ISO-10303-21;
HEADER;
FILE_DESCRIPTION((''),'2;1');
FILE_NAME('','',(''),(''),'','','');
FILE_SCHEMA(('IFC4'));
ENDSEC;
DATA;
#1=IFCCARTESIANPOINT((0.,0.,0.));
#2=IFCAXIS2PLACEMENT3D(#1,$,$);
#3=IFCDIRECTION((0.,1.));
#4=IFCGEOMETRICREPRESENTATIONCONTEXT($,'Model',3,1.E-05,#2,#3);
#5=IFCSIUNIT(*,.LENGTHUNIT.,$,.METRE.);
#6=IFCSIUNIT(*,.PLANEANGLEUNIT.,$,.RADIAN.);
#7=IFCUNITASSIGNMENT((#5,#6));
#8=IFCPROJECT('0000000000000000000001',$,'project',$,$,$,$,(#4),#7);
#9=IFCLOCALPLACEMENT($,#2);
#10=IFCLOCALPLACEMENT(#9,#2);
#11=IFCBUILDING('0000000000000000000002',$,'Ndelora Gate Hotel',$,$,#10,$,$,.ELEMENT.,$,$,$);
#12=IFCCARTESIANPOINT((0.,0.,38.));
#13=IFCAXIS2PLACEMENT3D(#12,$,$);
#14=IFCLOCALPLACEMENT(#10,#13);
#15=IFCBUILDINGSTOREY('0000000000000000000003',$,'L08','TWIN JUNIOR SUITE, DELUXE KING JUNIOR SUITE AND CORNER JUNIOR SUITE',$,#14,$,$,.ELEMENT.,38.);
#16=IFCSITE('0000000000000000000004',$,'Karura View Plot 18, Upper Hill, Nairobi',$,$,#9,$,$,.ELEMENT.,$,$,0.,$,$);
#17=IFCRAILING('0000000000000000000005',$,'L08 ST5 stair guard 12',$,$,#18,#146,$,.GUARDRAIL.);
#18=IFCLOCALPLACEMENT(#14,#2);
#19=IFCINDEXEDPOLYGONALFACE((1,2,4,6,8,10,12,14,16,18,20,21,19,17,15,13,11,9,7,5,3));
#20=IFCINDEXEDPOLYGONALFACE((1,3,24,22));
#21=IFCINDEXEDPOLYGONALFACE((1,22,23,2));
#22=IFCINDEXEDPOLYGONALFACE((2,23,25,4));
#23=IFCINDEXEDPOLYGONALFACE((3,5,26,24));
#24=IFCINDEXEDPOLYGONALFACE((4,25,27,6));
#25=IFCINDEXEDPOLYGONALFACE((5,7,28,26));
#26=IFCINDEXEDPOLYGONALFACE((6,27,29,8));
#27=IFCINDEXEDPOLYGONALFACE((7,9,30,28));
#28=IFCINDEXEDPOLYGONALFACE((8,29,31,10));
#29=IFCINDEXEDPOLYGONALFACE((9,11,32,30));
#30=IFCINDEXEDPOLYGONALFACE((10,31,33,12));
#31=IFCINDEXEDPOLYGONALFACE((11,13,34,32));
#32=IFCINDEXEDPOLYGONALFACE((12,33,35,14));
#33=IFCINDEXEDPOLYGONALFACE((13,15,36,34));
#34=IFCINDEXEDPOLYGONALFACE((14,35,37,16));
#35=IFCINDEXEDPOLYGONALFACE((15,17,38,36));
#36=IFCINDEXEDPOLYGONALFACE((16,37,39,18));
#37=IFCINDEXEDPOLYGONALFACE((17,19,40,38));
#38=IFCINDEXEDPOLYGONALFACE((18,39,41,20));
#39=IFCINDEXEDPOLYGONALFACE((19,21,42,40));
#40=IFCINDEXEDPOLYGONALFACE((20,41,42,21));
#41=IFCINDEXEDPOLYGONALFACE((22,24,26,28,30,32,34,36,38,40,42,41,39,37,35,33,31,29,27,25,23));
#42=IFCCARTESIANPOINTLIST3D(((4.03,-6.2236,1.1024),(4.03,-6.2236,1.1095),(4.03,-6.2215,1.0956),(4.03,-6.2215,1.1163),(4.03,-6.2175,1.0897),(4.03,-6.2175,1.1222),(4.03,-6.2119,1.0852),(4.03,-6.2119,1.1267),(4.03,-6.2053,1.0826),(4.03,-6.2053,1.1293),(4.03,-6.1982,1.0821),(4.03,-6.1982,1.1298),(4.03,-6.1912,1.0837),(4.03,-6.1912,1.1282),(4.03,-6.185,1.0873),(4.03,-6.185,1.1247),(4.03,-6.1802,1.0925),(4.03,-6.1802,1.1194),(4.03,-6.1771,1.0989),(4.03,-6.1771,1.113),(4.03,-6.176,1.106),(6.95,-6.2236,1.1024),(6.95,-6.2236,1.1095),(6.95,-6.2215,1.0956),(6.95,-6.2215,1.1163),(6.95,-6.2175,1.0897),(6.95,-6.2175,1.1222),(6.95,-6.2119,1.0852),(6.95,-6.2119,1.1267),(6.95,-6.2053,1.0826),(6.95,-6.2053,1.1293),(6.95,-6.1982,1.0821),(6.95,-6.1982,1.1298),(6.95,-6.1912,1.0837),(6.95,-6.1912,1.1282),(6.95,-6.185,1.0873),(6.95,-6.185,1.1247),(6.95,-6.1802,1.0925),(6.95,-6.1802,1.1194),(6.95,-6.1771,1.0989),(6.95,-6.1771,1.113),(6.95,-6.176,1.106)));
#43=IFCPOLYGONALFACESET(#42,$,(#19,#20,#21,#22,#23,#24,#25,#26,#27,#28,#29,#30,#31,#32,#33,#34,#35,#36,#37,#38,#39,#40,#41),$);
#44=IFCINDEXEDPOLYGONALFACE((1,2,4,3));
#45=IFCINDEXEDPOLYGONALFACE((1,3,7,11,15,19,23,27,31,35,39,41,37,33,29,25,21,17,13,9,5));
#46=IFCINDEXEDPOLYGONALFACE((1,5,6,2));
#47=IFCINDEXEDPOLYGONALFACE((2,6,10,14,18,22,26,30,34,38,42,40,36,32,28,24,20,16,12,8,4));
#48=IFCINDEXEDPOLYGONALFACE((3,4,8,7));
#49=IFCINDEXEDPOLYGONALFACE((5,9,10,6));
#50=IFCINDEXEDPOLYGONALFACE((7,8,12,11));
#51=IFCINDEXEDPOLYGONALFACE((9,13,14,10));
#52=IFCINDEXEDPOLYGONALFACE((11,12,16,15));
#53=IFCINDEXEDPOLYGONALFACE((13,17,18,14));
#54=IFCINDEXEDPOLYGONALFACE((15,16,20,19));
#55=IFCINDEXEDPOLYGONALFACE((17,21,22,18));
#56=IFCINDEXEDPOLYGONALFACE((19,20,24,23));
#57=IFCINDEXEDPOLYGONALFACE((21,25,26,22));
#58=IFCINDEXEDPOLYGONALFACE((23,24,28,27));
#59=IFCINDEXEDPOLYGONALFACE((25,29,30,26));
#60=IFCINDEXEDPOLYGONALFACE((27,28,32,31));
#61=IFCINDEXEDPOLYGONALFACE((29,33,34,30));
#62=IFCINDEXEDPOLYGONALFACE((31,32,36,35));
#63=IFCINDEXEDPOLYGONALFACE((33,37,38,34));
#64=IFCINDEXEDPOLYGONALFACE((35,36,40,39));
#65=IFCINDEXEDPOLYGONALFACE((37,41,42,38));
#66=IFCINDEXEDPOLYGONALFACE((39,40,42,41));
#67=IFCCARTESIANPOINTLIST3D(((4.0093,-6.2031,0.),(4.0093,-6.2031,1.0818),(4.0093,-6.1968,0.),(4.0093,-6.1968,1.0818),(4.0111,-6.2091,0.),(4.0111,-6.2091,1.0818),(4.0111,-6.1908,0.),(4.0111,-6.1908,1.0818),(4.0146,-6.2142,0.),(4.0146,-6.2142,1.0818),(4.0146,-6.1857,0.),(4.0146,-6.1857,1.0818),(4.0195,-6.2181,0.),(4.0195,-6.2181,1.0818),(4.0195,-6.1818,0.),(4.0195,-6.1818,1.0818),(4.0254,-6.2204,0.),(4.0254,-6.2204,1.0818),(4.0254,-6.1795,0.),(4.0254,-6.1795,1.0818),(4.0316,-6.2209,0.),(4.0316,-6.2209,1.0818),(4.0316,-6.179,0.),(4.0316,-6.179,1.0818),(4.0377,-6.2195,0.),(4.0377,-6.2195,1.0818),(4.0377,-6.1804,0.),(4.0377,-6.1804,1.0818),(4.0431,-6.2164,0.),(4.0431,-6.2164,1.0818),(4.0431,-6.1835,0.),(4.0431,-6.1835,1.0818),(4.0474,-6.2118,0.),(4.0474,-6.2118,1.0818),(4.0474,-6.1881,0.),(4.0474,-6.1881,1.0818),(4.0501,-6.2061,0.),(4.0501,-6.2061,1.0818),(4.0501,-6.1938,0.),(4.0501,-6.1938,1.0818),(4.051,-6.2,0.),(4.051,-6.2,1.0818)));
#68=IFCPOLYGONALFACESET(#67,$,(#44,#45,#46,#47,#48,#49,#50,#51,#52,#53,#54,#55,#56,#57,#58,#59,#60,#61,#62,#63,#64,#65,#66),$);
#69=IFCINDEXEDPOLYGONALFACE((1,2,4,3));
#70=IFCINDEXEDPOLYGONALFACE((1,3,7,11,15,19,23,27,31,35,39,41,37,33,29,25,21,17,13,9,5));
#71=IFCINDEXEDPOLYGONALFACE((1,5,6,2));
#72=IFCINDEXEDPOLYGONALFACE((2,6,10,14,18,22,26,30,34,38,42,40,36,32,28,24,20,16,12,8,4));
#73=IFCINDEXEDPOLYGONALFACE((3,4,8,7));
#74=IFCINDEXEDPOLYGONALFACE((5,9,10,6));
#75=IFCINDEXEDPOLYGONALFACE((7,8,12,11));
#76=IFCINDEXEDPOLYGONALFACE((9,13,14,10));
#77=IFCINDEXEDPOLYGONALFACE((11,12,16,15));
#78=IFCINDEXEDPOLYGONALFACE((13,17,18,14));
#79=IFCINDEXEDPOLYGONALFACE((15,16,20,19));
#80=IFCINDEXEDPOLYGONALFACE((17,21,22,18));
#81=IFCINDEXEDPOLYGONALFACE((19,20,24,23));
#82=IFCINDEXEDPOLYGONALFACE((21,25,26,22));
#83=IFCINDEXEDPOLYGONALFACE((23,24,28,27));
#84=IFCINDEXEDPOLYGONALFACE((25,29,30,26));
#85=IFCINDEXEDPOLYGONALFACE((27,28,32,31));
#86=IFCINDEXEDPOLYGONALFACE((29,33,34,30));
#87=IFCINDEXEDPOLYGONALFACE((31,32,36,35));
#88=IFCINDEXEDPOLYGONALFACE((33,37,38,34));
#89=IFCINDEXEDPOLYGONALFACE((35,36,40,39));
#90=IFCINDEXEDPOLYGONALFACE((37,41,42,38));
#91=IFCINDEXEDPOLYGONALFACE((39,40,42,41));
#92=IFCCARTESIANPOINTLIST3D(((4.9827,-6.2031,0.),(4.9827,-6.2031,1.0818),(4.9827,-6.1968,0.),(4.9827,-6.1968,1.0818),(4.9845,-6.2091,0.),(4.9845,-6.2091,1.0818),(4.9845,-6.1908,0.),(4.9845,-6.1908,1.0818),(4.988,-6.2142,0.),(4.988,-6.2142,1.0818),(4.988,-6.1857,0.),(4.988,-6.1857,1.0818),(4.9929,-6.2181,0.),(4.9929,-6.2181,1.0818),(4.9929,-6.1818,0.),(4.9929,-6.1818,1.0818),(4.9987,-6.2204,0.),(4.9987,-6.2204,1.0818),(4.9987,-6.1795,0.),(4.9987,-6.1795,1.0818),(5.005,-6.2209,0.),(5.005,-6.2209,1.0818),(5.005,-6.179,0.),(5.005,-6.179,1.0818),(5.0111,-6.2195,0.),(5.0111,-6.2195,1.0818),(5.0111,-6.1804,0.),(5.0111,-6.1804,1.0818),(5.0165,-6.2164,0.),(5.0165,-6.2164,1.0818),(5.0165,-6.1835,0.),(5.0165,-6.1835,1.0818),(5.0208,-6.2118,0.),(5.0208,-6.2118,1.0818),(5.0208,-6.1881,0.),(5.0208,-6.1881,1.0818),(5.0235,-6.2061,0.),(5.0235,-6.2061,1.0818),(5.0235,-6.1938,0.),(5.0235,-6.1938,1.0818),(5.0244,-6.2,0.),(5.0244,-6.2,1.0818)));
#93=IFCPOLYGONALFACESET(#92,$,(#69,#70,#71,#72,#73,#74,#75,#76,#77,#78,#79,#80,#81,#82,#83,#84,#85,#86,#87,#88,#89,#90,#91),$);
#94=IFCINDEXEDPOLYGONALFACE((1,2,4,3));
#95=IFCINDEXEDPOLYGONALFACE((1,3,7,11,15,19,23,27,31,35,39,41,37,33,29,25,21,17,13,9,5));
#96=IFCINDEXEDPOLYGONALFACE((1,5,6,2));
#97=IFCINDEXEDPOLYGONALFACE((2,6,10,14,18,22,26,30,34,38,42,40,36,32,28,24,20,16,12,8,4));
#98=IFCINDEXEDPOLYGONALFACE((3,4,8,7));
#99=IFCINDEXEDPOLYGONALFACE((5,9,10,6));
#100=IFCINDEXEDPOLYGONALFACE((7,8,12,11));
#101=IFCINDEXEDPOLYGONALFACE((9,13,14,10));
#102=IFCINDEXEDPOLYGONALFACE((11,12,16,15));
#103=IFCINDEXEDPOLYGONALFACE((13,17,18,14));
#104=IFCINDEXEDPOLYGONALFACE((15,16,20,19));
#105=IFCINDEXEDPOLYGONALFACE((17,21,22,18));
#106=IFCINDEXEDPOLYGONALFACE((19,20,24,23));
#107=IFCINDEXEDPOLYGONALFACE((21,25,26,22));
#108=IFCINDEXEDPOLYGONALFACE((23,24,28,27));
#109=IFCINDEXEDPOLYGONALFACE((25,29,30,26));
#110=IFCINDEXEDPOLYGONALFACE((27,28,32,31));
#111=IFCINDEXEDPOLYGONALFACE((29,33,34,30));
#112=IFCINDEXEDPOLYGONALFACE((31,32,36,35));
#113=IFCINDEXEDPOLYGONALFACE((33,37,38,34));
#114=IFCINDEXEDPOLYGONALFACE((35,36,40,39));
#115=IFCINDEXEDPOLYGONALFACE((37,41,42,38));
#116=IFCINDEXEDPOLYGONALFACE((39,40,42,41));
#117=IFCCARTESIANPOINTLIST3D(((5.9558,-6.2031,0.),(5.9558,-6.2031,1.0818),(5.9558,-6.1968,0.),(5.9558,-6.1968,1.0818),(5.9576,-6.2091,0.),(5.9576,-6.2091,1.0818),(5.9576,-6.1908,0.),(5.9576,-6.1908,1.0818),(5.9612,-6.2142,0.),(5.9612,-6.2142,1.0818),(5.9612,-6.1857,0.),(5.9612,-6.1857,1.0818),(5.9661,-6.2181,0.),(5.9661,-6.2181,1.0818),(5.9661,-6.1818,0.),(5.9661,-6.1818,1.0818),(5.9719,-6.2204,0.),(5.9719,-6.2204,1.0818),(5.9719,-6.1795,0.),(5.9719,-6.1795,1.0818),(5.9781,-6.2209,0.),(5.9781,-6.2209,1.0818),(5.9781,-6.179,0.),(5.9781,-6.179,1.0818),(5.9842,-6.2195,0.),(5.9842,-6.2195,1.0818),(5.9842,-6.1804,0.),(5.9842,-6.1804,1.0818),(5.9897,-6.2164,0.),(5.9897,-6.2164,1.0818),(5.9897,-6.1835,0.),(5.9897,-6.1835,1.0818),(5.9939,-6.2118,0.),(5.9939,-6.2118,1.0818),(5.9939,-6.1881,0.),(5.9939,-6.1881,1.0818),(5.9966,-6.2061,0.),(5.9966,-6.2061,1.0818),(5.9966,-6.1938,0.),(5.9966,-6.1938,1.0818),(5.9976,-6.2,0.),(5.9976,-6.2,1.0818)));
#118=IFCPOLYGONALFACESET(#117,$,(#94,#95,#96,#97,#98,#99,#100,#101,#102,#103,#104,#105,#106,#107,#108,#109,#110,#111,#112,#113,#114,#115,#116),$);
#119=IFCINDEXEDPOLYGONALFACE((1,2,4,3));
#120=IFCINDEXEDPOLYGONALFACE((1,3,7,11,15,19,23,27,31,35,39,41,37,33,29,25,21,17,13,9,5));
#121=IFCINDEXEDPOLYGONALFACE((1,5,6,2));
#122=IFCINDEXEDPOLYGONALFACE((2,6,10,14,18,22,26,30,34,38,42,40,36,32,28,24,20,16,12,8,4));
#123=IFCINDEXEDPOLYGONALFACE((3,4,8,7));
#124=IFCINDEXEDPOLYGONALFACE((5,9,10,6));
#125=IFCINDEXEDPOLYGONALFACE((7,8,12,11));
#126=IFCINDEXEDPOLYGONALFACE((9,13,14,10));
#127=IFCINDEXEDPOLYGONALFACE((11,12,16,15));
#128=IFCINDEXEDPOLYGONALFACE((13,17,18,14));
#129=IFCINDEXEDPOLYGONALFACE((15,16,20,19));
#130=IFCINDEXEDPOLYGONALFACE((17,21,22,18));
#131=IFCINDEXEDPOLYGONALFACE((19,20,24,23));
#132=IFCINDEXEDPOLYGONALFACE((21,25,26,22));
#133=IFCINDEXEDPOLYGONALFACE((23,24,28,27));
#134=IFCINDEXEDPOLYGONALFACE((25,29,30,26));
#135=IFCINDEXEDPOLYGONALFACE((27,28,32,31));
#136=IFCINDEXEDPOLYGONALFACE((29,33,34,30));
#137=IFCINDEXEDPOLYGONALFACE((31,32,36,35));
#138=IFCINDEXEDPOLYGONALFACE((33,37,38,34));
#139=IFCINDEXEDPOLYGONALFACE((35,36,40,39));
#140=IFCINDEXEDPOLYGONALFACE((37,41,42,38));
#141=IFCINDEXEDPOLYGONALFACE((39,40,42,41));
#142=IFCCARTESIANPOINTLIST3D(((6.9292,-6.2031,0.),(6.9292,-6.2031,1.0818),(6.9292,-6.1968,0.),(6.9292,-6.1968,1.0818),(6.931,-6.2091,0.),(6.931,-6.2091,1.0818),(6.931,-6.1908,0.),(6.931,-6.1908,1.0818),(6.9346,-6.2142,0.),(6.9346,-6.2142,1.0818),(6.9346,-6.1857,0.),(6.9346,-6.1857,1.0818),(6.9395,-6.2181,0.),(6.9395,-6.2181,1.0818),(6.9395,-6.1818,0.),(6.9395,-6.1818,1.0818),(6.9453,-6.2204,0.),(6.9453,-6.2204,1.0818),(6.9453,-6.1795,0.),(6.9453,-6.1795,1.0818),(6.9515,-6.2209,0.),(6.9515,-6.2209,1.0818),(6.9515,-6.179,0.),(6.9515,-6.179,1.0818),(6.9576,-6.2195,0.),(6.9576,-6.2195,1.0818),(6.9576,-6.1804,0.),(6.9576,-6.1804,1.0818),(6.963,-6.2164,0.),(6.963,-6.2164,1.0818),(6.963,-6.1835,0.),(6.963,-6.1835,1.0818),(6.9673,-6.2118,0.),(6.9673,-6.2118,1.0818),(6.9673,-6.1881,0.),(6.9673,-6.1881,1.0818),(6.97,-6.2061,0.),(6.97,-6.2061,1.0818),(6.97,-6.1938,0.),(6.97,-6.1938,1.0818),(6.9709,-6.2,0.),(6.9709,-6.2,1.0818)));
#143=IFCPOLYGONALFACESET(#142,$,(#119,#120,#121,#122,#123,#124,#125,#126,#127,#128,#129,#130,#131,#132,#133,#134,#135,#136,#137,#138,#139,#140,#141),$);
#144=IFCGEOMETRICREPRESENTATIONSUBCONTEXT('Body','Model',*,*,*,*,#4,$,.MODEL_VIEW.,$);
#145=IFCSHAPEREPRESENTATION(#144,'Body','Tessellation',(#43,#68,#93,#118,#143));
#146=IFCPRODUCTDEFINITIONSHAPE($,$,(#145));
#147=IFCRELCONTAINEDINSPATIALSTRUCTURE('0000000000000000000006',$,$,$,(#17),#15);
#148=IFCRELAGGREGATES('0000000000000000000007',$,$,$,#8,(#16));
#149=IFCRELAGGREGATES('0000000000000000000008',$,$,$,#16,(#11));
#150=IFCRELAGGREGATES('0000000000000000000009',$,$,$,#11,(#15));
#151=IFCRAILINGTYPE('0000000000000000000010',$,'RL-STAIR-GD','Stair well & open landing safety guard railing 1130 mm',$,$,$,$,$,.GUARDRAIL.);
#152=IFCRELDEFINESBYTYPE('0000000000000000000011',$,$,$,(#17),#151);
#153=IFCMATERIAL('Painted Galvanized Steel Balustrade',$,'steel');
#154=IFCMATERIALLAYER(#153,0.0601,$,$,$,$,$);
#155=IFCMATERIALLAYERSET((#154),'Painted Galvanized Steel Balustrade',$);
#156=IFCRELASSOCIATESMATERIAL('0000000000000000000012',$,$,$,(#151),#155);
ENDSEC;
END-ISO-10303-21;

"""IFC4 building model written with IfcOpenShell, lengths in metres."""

from ifc_helpers import new_model, si_unit, direction, frame, origin, origin_2d, place, context, subcontext, project, spatial, circle, extrude, material, layer, layer_set, type_object, element, save


model = new_model("IFC4")

# Units and contexts
model_context = context("Model", 3, precision=1e-05, world=origin(), true_north=direction((0.0, 1.0)))
body_context = subcontext(model_context, "Body", "Model", "MODEL_VIEW")
ifc_project = project(units=[si_unit("LENGTHUNIT", "METRE"), si_unit("PLANEANGLEUNIT", "RADIAN")], contexts=[model_context])

# Site, building, storey
site_placement = place(None, origin())
site = spatial("IfcSite", under=ifc_project, at=site_placement, Name="Karura View Plot 18, Upper Hill, Nairobi", CompositionType="ELEMENT", RefElevation=0.0)
building_placement = place(site_placement, origin())
building = spatial("IfcBuilding", under=site, at=building_placement, Name="Ndelora Gate Hotel", CompositionType="ELEMENT")
storey_placement = place(building_placement, frame((0.0, 0.0, 38.0)))
storey = spatial("IfcBuildingStorey", under=building, at=storey_placement, Name="L08", Description="TWIN JUNIOR SUITE, DELUXE KING JUNIOR SUITE AND CORNER JUNIOR SUITE", CompositionType="ELEMENT", Elevation=38.0)

# Railing
ifc_material_1 = material(Name="Painted Galvanized Steel Balustrade", Category="steel")
ifc_layer_1 = layer(ifc_material_1, 0.0601)
ifc_layer_set_1 = layer_set([ifc_layer_1], Name="Painted Galvanized Steel Balustrade")
railing_type_1 = type_object("IfcRailingType", Name="RL-STAIR-GD", Description="Stair well & open landing safety guard railing 1130 mm", PredefinedType="GUARDRAIL", material=ifc_layer_set_1)
railing_1_placement = place(storey_placement, frame((4.03, -6.2, 0.0)))
element("IfcRailing", 1, at=railing_1_placement, inside=storey, type_object=railing_type_1, Name="L08 ST5 stair guard 12", PredefinedType="GUARDRAIL", context=body_context, shape_type="SweptSolid", body=[
    extrude(circle(Radius=0.0239, at=origin_2d()), frame((0.0, 0.0, 1.106), z_axis=(1.0, 0.0, 0.0), x_axis=(0.0, 1.0, 0.0)), (0.0, 0.0, 1.0), 2.9199),
    extrude(circle(Radius=0.021, at=origin_2d()), origin(), (0.0, 0.0, 1.0), 1.0818),
    extrude(circle(Radius=0.021, at=origin_2d()), frame((0.9734, 0.0, 0.0)), (0.0, 0.0, 1.0), 1.0818),
    extrude(circle(Radius=0.021, at=origin_2d()), frame((1.9465, 0.0, 0.0)), (0.0, 0.0, 1.0), 1.0818),
    extrude(circle(Radius=0.021, at=origin_2d()), frame((2.9199, 0.0, 0.0)), (0.0, 0.0, 1.0), 1.0818),
])

save(model, "model.ifc")
